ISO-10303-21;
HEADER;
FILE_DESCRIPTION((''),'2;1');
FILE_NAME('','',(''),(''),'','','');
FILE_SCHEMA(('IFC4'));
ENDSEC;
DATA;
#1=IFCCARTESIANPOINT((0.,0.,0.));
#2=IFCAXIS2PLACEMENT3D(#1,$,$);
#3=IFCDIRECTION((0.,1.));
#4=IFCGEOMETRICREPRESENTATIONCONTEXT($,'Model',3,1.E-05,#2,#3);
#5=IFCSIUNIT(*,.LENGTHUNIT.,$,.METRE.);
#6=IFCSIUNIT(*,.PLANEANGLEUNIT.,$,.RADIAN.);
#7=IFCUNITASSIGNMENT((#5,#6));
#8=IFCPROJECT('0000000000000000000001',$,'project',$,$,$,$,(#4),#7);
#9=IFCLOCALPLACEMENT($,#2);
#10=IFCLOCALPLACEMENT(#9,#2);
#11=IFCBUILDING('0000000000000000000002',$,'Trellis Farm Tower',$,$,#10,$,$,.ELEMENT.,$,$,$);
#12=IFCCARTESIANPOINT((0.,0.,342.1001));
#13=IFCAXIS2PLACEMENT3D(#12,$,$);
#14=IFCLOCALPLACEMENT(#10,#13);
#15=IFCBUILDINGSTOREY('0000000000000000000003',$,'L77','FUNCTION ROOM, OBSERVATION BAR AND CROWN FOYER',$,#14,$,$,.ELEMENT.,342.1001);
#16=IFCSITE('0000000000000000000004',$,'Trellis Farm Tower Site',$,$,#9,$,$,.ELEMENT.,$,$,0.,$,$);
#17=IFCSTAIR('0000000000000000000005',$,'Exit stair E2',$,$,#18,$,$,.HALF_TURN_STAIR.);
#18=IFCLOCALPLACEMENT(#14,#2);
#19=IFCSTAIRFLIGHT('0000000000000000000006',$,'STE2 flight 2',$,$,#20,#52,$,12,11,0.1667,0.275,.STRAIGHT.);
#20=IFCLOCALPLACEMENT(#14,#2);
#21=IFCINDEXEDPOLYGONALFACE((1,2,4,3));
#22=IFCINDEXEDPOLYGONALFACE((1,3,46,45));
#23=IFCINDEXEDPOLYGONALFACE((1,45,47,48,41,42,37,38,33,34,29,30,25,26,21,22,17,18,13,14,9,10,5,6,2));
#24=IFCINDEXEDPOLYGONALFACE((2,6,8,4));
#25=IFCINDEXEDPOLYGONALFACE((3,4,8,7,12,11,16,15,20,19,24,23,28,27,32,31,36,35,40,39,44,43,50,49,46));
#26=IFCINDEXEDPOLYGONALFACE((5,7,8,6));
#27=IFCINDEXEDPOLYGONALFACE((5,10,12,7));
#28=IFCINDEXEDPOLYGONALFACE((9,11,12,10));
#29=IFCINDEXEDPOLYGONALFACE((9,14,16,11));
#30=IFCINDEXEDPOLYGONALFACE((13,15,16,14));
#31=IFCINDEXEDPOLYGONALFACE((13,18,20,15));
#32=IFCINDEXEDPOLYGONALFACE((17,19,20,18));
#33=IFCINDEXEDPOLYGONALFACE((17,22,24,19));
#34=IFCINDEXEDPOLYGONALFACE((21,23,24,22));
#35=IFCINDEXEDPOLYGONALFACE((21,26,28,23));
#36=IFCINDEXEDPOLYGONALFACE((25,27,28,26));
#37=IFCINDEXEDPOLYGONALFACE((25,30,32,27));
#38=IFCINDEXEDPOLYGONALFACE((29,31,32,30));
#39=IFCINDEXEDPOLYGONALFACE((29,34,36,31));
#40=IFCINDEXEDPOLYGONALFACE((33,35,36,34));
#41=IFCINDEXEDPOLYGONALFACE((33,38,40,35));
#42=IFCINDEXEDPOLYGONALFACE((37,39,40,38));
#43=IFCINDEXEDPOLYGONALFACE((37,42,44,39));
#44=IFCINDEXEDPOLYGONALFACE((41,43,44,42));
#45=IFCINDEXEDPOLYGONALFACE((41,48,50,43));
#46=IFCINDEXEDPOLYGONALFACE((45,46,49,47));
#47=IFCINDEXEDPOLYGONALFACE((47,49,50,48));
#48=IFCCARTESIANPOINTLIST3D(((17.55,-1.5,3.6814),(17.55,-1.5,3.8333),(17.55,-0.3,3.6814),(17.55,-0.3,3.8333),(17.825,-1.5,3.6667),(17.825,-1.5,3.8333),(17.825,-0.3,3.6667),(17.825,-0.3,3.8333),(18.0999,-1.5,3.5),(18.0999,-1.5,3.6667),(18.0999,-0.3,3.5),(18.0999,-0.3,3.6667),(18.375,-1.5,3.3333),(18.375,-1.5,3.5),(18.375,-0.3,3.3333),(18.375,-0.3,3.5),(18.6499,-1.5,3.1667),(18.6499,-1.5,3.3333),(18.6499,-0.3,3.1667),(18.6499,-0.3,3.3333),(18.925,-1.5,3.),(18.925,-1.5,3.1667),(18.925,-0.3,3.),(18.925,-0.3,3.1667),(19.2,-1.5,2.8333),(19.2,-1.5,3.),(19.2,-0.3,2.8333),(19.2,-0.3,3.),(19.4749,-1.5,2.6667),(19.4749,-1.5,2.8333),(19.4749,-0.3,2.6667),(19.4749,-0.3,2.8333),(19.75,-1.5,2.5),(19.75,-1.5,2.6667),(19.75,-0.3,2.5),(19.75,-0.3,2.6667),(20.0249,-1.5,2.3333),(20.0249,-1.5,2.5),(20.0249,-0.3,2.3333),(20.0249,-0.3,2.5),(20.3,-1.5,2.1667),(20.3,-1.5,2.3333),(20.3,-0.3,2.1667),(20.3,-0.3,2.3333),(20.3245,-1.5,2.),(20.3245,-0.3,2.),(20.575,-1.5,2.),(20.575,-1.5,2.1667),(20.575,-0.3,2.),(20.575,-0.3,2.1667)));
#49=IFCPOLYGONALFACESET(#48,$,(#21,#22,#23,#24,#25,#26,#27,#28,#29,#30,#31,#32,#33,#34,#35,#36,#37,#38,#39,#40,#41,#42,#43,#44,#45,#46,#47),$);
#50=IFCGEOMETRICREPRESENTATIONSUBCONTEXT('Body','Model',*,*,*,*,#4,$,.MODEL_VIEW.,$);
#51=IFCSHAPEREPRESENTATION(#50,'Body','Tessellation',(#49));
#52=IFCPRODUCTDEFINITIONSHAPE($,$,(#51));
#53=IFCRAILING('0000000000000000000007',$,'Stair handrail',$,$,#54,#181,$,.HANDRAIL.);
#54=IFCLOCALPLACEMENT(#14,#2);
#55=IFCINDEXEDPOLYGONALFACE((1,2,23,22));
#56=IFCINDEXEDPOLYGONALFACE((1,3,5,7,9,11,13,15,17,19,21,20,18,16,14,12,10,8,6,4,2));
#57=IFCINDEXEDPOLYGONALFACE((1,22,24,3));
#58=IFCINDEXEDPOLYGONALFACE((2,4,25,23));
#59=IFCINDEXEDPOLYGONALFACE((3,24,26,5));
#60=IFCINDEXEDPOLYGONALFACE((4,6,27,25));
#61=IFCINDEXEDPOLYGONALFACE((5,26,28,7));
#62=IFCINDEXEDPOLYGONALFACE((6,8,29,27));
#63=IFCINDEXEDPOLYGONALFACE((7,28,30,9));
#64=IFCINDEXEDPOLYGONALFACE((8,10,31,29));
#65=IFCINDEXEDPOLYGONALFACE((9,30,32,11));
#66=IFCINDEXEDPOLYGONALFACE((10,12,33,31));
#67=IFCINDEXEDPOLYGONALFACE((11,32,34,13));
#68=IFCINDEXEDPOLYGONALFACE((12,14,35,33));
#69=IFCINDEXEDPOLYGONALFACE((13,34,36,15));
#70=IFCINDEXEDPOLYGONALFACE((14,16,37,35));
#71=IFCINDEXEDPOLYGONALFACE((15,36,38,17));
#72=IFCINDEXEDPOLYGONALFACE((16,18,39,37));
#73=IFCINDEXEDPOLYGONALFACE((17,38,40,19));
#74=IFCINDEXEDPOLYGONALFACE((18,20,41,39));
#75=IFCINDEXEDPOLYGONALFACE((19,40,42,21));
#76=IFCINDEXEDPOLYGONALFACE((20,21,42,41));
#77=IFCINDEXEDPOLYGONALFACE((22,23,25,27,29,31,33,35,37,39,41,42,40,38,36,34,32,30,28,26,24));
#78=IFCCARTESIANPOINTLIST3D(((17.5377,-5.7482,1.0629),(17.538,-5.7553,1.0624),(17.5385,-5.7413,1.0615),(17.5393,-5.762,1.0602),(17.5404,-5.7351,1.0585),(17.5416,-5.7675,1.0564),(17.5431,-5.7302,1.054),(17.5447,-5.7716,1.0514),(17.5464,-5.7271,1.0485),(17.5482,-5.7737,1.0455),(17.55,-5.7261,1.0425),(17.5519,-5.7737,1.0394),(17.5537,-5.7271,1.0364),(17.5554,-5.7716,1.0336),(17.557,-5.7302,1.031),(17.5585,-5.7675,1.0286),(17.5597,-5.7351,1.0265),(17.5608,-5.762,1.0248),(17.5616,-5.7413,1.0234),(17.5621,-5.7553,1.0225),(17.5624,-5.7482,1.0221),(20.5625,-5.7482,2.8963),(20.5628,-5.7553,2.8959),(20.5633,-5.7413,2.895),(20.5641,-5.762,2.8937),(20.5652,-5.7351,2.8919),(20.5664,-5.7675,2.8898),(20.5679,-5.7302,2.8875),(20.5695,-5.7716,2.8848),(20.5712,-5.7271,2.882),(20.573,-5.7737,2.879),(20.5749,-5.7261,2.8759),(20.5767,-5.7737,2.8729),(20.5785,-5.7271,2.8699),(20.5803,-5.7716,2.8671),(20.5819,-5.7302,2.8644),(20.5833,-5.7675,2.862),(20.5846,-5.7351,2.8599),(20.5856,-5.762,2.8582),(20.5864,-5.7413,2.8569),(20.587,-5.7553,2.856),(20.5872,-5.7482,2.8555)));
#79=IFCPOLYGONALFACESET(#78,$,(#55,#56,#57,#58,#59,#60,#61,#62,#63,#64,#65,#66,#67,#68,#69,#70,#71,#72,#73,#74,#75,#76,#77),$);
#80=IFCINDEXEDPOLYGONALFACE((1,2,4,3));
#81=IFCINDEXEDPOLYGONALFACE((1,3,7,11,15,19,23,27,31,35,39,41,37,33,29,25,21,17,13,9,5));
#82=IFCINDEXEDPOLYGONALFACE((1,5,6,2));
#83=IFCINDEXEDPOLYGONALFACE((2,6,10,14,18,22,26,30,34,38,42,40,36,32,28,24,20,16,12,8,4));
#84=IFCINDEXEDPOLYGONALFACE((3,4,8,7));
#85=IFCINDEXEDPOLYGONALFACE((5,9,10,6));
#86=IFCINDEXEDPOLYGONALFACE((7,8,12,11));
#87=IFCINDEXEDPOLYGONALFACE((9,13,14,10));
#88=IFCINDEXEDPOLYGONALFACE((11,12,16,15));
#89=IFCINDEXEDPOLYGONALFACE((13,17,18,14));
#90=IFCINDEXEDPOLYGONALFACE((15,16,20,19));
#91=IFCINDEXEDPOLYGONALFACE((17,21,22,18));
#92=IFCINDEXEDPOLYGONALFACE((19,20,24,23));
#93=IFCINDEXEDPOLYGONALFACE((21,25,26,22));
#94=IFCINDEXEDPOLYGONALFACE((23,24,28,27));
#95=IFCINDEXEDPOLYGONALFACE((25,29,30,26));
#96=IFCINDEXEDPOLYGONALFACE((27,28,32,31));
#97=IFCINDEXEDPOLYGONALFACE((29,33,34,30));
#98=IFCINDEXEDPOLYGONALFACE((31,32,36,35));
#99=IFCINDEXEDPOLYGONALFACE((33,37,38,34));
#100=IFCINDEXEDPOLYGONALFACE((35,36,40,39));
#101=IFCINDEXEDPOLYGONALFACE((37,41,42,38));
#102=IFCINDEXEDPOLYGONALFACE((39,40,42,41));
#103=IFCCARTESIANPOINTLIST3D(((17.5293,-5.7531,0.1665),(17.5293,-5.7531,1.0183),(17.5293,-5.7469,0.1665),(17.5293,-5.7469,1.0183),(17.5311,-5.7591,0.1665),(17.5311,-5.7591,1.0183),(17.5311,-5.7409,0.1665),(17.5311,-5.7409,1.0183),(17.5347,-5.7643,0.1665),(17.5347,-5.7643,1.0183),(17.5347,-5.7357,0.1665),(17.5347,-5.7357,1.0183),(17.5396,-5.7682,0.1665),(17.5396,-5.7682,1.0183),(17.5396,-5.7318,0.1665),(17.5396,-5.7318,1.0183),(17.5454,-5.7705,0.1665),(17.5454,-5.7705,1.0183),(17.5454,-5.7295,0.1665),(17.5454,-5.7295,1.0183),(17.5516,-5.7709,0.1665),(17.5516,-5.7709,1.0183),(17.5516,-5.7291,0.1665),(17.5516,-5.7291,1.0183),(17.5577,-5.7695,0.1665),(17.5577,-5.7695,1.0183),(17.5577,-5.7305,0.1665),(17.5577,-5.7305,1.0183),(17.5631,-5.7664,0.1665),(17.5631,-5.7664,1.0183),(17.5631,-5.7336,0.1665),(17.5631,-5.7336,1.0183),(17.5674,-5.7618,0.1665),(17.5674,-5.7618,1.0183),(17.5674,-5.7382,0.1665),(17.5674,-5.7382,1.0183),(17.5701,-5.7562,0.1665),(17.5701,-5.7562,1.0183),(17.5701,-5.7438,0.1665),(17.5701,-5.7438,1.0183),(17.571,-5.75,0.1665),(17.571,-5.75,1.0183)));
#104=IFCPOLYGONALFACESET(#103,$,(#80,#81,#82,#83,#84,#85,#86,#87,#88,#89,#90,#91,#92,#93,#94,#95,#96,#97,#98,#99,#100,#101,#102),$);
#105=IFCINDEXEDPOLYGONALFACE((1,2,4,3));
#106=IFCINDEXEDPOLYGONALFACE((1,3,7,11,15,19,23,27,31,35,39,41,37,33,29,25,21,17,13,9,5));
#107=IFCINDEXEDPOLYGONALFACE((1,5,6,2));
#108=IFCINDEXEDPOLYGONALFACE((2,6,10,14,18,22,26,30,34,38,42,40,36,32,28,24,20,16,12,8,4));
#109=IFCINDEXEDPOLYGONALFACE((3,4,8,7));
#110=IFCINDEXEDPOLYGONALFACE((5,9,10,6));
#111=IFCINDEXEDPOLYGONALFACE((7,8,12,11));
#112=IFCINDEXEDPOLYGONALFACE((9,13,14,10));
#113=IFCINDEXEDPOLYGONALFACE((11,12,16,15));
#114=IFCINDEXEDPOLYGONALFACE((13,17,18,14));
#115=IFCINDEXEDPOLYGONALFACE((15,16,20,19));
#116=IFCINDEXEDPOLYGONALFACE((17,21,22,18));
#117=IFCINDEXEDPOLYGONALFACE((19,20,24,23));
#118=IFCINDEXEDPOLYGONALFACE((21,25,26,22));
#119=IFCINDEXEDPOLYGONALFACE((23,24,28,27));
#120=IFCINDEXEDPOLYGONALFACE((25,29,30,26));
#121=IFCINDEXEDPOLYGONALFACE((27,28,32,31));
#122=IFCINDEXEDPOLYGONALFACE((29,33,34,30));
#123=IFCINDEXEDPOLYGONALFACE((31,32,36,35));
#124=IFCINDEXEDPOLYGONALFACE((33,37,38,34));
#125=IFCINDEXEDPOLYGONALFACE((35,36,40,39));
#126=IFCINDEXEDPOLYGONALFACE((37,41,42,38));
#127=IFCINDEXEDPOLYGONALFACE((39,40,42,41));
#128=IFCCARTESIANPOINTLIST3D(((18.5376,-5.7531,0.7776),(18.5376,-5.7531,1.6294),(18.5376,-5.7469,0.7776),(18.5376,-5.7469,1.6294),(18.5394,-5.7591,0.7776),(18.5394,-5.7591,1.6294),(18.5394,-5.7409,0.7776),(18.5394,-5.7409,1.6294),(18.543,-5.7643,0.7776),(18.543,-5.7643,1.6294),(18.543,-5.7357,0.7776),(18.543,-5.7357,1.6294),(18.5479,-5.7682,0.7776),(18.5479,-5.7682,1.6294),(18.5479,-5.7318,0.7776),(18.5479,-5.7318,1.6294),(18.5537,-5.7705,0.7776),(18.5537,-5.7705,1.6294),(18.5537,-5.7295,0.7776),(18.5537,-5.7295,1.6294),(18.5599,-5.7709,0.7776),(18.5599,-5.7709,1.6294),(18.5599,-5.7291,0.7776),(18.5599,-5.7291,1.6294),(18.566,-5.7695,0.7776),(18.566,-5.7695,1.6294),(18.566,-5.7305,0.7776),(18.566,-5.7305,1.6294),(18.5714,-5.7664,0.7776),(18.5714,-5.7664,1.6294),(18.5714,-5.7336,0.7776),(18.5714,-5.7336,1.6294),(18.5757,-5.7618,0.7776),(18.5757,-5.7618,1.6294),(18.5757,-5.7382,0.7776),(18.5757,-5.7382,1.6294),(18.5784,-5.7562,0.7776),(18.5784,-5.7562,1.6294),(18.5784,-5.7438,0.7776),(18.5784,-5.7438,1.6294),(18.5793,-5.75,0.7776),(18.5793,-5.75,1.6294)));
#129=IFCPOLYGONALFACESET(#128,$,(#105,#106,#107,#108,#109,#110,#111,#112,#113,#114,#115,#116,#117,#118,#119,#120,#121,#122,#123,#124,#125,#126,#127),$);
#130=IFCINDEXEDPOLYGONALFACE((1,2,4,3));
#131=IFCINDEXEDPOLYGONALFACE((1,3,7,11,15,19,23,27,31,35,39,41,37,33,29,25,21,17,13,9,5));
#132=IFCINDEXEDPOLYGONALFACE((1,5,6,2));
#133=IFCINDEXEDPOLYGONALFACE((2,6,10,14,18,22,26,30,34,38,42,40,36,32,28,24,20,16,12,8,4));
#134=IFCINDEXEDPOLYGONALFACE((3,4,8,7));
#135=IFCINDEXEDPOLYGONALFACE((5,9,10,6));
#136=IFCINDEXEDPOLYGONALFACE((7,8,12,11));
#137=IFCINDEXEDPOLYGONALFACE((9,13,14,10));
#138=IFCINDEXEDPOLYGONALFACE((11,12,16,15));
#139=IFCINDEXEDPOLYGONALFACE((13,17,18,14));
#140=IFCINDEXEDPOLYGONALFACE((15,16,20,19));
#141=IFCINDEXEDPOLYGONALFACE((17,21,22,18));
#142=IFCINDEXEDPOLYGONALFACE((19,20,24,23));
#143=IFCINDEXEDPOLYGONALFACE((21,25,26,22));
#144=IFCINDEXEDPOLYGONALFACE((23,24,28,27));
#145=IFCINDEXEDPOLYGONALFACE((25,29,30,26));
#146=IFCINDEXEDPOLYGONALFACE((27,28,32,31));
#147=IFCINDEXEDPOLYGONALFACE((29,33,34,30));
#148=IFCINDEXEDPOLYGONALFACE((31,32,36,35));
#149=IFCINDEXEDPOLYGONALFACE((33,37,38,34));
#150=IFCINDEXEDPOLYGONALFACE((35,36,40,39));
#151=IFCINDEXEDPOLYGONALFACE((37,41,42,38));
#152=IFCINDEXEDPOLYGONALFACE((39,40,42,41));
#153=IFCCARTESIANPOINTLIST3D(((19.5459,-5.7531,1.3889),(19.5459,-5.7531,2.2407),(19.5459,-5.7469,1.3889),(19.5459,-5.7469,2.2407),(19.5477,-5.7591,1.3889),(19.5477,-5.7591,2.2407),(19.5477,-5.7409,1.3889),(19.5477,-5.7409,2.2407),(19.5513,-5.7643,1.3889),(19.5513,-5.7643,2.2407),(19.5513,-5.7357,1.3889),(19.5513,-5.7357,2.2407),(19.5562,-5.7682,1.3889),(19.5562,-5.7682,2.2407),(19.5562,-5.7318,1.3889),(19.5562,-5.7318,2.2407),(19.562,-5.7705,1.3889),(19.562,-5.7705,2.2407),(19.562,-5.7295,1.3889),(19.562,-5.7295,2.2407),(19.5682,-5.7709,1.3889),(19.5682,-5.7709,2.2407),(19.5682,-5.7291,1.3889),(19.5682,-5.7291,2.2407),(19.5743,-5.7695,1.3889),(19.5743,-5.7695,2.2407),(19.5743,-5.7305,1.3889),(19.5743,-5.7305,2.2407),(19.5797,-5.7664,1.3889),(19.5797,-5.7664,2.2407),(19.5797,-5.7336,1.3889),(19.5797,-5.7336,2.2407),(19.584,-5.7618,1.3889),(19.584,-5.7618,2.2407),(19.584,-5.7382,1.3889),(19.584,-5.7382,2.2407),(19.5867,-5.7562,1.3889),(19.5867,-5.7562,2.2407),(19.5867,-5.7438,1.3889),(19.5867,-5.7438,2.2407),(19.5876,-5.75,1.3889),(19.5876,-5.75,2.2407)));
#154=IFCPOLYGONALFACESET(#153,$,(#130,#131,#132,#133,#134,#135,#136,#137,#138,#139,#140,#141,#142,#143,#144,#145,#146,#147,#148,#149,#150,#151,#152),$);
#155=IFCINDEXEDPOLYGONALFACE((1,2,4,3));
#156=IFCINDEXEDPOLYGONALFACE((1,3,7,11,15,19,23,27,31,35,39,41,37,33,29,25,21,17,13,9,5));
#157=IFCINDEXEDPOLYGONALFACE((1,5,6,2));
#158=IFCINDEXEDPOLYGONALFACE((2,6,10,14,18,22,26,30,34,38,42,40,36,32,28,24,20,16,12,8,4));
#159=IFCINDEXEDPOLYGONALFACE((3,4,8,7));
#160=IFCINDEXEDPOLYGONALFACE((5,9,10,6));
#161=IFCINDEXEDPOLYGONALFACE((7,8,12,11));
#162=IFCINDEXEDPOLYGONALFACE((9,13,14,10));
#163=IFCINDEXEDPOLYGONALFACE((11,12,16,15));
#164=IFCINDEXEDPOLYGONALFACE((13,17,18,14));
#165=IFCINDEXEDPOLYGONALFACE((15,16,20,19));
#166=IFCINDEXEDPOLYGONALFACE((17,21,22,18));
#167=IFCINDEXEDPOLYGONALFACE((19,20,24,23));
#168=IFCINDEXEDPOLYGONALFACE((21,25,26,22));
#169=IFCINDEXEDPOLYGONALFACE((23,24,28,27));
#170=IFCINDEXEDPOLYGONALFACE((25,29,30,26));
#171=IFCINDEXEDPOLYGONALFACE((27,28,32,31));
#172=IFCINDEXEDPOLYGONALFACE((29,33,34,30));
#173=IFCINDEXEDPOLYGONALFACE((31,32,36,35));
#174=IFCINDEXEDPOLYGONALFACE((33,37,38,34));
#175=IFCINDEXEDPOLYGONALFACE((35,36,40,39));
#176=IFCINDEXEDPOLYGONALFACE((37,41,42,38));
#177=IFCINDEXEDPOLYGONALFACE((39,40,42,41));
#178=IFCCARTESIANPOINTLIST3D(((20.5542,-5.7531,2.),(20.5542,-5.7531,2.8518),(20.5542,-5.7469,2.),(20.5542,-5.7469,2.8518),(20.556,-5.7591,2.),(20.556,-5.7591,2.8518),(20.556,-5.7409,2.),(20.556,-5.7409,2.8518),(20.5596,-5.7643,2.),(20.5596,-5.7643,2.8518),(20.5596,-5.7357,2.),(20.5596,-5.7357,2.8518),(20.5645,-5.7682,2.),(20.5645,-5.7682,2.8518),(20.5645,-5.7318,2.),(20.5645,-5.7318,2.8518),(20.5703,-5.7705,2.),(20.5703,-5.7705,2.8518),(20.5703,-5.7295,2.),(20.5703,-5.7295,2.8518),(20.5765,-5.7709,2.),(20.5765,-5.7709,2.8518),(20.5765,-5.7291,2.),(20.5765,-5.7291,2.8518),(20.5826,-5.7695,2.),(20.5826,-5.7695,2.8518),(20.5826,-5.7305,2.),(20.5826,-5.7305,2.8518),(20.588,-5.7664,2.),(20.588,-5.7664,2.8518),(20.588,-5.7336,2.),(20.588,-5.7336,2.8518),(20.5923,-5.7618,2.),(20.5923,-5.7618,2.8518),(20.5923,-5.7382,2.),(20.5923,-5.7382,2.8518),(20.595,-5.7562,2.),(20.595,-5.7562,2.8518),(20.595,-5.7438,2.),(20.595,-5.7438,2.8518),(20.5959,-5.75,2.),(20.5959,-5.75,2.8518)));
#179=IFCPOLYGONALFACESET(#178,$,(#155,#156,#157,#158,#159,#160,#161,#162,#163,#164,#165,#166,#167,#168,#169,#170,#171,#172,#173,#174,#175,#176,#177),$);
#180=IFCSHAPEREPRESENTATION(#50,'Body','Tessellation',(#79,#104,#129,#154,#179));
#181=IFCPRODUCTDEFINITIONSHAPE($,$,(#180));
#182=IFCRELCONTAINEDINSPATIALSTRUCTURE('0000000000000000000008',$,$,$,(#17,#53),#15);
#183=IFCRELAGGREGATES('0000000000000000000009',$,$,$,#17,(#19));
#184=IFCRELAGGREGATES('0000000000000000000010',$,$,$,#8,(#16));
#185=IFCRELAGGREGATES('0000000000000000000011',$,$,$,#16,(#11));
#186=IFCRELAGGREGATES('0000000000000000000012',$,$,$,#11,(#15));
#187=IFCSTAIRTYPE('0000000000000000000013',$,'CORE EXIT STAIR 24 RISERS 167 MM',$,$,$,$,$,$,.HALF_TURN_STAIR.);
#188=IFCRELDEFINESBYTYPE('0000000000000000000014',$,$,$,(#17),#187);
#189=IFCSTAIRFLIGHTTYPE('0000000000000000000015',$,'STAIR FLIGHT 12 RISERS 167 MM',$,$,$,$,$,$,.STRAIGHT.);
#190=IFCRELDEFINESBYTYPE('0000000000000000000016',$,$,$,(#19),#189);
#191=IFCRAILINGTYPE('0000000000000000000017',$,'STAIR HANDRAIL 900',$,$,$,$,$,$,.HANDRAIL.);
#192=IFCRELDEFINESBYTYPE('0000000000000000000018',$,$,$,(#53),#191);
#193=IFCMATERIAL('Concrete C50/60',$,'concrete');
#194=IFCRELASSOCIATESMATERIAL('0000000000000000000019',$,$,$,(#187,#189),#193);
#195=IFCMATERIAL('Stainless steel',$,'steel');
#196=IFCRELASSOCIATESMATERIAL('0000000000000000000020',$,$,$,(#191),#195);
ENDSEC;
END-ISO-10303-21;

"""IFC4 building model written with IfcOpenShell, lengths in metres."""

from ifc_helpers import new_model, si_unit, direction, frame, origin, origin_2d, place, context, subcontext, project, spatial, polyline, circle, outline, extrude, source, transform, mapped, material, type_object, element, aggregate, save


model = new_model("IFC4")

# Units and contexts
model_context = context("Model", 3, precision=1e-05, world=origin(), true_north=direction((0.0, 1.0)))
body_context = subcontext(model_context, "Body", "Model", "MODEL_VIEW")
ifc_project = project(units=[si_unit("LENGTHUNIT", "METRE"), si_unit("PLANEANGLEUNIT", "RADIAN")], contexts=[model_context])

# Site, building, storey
site_placement = place(None, origin())
site = spatial("IfcSite", under=ifc_project, at=site_placement, Name="Trellis Farm Tower Site", CompositionType="ELEMENT", RefElevation=0.0)
building_placement = place(site_placement, origin())
building = spatial("IfcBuilding", under=site, at=building_placement, Name="Trellis Farm Tower", CompositionType="ELEMENT")
storey_placement = place(building_placement, frame((0.0, 0.0, 342.1001)))
storey = spatial("IfcBuildingStorey", under=building, at=storey_placement, Name="L77", Description="FUNCTION ROOM, OBSERVATION BAR AND CROWN FOYER", CompositionType="ELEMENT", Elevation=342.1001)

# Shared definitions
ifc_material_1 = material(Name="Concrete C50/60", Category="concrete")

# Shared definitions
placement = place(storey_placement, origin())

# Stair, stair flight
stair_type = type_object("IfcStairType", Name="CORE EXIT STAIR 24 RISERS 167 MM", PredefinedType="HALF_TURN_STAIR", material=ifc_material_1)
stair_flight_type = type_object("IfcStairFlightType", Name="STAIR FLIGHT 12 RISERS 167 MM", PredefinedType="STRAIGHT", material=ifc_material_1)
shared_shape_1 = source(origin(), body_context, "Body", "SweptSolid", [
    extrude(outline(polyline([(0.0, 0.0), (0.0, 0.1667), (0.2749, 0.1667), (0.2749, 0.3333), (0.55, 0.3333), (0.55, 0.5), (0.825, 0.5), (0.825, 0.6667), (1.1001, 0.6667), (1.1001, 0.8333), (1.375, 0.8333), (1.375, 1.0), (1.6499, 1.0), (1.6499, 1.1667), (1.925, 1.1667), (1.925, 1.3333), (2.2, 1.3333), (2.2, 1.5), (2.4751, 1.5), (2.4751, 1.6667), (2.75, 1.6667), (2.75, 1.8333), (3.0249, 1.8333), (3.0249, 2.0), (3.0249, 1.6814), (0.2505, 0.0), (0.0, 0.0)])), frame((0.0, 0.6001, 0.0), z_axis=(0.0, -1.0, 0.0), x_axis=(1.0, 0.0, 0.0)), (0.0, 0.0, 1.0), 1.2),
])
stair_1 = element("IfcStair", 1, at=placement, inside=storey, type_object=stair_type, Name="Exit stair E2", PredefinedType="HALF_TURN_STAIR")
stair_flight_1_placement = place(storey_placement, frame((20.575, -0.8999, 2.0), z_axis=(0.0, 0.0, 1.0), x_axis=(-1.0, 0.0, 0.0)))
stair_flight_1 = element("IfcStairFlight", 2, at=stair_flight_1_placement, type_object=stair_flight_type, Name="STE2 flight 2", NumberOfRisers=12, NumberOfTreads=11, PredefinedType="STRAIGHT", RiserHeight=0.1667, TreadLength=0.275, context=body_context, shape_type="MappedRepresentation", body=[
    mapped(shared_shape_1, transform((0.0, 0.0, 0.0))),
])
aggregate(stair_1, [stair_flight_1])

# Railing
ifc_material_2 = material(Name="Stainless steel", Category="steel")
railing_type = type_object("IfcRailingType", Name="STAIR HANDRAIL 900", PredefinedType="HANDRAIL", material=ifc_material_2)
shared_shape_2 = source(origin(), body_context, "Body", "SweptSolid", [
    extrude(circle(Radius=0.0239, at=origin_2d()), frame((0.0, 0.0, 0.876), z_axis=(0.85517, 0.0, 0.518348), x_axis=(0.0, 1.0, 0.0)), (0.0, 0.0, 1.0), 3.5371),
    extrude(circle(Radius=0.021, at=origin_2d()), origin(), (0.0, 0.0, 1.0), 0.8518),
    extrude(circle(Radius=0.021, at=origin_2d()), frame((1.0083, 0.0, 0.6111)), (0.0, 0.0, 1.0), 0.8518),
    extrude(circle(Radius=0.021, at=origin_2d()), frame((2.0166, 0.0, 1.2224)), (0.0, 0.0, 1.0), 0.8518),
    extrude(circle(Radius=0.021, at=origin_2d()), frame((3.0249, 0.0, 1.8335)), (0.0, 0.0, 1.0), 0.8518),
])
for number, where, name in (
    (3, (17.55, -5.75, 0.1665), "Stair handrail"),
):
    element("IfcRailing", number, at=place(storey_placement, frame(where)), inside=storey, type_object=railing_type, Name=name, PredefinedType="HANDRAIL", context=body_context, shape_type="MappedRepresentation", body=[
        mapped(shared_shape_2, transform((0.0, 0.0, 0.0))),
    ])

save(model, "model.ifc")
